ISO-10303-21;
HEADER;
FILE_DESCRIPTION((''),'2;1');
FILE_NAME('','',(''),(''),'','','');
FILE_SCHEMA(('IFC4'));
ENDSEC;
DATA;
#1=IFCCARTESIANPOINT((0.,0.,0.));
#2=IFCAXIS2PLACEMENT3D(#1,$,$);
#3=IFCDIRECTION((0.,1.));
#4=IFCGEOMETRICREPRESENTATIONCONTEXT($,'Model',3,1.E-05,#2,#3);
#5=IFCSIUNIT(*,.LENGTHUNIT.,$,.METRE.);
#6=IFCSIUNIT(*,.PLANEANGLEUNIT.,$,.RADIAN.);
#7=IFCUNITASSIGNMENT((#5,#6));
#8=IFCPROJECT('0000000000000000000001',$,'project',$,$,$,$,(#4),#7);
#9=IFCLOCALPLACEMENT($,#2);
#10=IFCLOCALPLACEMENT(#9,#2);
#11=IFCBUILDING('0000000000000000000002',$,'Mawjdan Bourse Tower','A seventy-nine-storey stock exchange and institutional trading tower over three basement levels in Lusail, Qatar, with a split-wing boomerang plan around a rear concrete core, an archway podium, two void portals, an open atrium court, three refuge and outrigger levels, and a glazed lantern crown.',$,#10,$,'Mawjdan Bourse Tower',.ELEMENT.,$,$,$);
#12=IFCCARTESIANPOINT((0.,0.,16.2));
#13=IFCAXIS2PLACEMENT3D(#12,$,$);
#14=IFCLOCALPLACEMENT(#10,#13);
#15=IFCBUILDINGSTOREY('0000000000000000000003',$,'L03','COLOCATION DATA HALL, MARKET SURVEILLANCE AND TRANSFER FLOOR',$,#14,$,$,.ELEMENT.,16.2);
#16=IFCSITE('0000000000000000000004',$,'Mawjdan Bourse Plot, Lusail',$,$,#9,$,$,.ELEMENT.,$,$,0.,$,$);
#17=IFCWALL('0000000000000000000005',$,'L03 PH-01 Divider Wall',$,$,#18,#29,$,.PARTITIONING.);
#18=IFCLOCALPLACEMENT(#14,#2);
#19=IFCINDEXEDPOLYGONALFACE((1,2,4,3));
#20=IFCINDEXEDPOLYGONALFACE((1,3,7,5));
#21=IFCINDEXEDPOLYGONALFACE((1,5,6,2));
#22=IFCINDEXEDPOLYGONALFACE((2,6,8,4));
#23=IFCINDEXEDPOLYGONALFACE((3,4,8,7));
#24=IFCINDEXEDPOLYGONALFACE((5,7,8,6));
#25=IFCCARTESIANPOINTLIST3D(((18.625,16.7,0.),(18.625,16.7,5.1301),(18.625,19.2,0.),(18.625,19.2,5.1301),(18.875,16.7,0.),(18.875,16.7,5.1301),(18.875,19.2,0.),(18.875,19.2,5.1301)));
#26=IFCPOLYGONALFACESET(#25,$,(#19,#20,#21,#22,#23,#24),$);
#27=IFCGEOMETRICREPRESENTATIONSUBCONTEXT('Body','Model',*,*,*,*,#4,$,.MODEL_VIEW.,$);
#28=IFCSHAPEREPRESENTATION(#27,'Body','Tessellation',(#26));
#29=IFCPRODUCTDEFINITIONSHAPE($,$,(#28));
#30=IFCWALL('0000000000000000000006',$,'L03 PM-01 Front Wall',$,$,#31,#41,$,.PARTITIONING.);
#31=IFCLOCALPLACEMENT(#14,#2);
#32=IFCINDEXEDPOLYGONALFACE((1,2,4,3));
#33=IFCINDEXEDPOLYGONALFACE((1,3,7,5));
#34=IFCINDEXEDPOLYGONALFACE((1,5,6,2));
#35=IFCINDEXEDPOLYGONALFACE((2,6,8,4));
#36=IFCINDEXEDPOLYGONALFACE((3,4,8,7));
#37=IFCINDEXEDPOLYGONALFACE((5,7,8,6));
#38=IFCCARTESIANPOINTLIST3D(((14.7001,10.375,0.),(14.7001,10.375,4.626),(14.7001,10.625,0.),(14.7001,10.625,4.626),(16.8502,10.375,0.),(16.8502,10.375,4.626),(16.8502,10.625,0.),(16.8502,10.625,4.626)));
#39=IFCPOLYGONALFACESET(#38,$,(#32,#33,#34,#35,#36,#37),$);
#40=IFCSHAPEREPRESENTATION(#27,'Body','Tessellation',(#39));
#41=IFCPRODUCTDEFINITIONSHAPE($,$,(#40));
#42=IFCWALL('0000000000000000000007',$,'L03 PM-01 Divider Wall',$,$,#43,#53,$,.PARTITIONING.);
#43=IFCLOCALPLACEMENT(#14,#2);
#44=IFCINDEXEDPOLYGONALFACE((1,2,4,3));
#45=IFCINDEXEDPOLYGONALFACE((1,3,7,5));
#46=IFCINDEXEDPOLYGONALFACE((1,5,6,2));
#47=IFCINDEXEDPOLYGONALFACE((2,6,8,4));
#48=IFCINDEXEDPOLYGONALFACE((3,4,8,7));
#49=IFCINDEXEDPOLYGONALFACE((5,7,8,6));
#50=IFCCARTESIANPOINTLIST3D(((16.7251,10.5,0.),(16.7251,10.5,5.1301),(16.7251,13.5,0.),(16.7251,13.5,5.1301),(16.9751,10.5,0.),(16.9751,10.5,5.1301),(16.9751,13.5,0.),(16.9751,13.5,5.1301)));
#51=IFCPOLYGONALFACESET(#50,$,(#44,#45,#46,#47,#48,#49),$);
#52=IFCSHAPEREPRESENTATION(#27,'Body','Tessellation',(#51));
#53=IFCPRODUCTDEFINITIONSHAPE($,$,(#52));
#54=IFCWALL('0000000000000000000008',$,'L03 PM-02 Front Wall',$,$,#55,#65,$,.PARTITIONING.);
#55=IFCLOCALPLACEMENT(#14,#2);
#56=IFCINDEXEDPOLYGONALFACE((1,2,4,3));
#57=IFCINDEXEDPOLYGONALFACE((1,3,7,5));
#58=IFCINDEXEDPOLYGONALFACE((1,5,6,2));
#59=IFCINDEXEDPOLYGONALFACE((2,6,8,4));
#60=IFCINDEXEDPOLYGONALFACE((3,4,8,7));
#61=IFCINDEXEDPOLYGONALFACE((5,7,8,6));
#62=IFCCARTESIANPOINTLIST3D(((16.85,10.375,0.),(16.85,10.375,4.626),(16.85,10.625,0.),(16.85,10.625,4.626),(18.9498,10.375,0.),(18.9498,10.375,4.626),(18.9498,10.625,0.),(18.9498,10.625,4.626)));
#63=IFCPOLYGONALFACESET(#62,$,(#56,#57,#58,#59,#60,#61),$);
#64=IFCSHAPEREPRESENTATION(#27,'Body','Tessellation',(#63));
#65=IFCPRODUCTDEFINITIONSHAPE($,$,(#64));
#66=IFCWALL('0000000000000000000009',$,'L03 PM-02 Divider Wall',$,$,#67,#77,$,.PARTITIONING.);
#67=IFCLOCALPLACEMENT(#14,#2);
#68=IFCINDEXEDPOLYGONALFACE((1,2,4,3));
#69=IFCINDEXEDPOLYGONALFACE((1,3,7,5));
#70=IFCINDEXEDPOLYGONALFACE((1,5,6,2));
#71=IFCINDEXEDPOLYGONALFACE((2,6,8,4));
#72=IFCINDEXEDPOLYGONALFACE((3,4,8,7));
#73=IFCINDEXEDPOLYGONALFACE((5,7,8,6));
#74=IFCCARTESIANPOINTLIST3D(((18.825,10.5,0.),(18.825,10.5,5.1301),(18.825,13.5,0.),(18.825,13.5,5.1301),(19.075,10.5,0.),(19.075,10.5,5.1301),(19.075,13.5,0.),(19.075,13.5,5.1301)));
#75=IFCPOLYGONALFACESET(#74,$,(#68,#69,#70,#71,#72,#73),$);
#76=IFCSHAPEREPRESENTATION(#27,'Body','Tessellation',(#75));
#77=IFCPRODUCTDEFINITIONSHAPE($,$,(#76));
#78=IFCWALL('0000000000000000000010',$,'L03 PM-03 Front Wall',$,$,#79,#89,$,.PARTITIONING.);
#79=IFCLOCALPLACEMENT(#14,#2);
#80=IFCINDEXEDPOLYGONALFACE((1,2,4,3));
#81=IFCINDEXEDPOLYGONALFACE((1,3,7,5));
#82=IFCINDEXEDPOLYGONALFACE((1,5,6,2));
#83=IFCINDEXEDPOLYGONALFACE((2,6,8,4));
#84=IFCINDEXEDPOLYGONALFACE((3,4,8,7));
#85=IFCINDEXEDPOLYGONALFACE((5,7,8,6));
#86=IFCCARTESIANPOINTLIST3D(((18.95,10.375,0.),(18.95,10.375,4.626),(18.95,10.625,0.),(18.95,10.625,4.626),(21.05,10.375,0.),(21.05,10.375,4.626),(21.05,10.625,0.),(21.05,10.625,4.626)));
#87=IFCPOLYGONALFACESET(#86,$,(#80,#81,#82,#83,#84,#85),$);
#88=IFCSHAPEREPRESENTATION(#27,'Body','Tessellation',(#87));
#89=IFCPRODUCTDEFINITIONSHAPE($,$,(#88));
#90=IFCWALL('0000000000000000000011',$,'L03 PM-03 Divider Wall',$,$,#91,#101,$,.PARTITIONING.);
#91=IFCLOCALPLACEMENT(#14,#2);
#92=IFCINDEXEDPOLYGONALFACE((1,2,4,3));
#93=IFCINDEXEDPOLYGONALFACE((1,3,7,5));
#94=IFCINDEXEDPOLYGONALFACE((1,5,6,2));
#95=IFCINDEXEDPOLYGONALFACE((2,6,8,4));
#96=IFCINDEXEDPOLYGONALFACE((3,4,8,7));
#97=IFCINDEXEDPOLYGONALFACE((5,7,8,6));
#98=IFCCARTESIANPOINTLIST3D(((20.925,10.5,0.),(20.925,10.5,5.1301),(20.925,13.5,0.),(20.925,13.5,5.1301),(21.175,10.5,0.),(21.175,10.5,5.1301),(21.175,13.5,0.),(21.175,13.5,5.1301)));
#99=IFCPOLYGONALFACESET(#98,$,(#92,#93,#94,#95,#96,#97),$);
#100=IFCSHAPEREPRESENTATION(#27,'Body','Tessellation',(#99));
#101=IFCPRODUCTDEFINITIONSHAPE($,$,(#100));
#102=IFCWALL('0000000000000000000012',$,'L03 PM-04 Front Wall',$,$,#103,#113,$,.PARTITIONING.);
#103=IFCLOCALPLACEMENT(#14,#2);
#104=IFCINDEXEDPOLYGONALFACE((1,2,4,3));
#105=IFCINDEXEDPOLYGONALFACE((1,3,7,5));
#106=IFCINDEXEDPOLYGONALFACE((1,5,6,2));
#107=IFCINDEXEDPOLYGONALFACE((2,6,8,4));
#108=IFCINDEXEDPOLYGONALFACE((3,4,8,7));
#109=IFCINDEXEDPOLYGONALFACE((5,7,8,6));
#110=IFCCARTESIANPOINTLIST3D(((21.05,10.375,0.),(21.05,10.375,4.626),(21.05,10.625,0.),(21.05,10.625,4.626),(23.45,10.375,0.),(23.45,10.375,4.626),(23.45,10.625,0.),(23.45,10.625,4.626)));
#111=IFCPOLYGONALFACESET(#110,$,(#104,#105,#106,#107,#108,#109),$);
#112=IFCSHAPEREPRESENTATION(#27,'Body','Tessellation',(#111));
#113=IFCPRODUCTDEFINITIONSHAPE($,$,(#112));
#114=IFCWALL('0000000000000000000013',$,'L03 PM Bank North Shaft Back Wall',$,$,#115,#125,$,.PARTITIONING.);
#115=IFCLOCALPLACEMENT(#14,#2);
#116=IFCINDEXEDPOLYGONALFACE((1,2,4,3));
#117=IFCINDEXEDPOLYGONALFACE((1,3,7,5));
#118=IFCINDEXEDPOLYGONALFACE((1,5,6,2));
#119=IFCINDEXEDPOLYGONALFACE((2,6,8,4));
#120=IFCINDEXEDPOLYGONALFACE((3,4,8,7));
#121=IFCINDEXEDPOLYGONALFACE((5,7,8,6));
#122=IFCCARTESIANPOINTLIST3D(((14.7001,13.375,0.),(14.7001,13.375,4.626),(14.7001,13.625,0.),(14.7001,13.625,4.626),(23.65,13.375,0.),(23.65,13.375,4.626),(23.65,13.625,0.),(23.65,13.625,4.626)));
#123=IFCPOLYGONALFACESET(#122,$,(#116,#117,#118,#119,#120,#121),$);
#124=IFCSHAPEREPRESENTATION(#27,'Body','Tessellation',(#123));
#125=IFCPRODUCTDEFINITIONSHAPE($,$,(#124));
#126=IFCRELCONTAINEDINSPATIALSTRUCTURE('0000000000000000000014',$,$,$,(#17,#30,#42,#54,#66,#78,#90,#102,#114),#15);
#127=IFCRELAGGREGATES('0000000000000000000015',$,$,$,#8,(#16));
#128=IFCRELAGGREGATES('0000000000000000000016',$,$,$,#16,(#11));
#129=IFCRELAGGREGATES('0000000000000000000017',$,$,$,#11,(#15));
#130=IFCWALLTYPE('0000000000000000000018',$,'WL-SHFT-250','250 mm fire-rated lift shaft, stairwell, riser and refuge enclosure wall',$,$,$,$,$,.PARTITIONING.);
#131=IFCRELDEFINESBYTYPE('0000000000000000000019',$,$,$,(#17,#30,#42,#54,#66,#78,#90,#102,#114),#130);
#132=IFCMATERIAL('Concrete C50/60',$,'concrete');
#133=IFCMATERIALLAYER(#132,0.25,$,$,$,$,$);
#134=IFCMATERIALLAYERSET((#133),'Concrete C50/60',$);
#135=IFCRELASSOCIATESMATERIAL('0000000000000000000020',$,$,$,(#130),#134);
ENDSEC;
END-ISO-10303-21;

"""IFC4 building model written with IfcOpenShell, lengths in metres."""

from ifc_helpers import new_model, si_unit, direction, frame, frame_2d, origin, place, context, subcontext, project, spatial, rectangle, extrude, material, layer, layer_set, type_object, element, save


model = new_model("IFC4")

# Units and contexts
model_context = context("Model", 3, precision=1e-05, world=origin(), true_north=direction((0.0, 1.0)))
body_context = subcontext(model_context, "Body", "Model", "MODEL_VIEW")
ifc_project = project(units=[si_unit("LENGTHUNIT", "METRE"), si_unit("PLANEANGLEUNIT", "RADIAN")], contexts=[model_context])

# Site, building, storey
site_placement = place(None, origin())
site = spatial("IfcSite", under=ifc_project, at=site_placement, Name="Mawjdan Bourse Plot, Lusail", CompositionType="ELEMENT", RefElevation=0.0)
building_placement = place(site_placement, origin())
building = spatial("IfcBuilding", under=site, at=building_placement, Name="Mawjdan Bourse Tower", Description="A seventy-nine-storey stock exchange and institutional trading tower over three basement levels in Lusail, Qatar, with a split-wing boomerang plan around a rear concrete core, an archway podium, two void portals, an open atrium court, three refuge and outrigger levels, and a glazed lantern crown.", LongName="Mawjdan Bourse Tower", CompositionType="ELEMENT")
storey_placement = place(building_placement, frame((0.0, 0.0, 16.2)))
storey = spatial("IfcBuildingStorey", under=building, at=storey_placement, Name="L03", Description="COLOCATION DATA HALL, MARKET SURVEILLANCE AND TRANSFER FLOOR", CompositionType="ELEMENT", Elevation=16.2)

# Shared definitions
ifc_material_1 = material(Name="Concrete C50/60", Category="concrete")
ifc_layer_1 = layer(ifc_material_1, 0.25)
ifc_layer_set_1 = layer_set([ifc_layer_1], Name="Concrete C50/60")
wall_type_1 = type_object("IfcWallType", Name="WL-SHFT-250", Description="250 mm fire-rated lift shaft, stairwell, riser and refuge enclosure wall", PredefinedType="PARTITIONING", material=ifc_layer_set_1)

# Walls
wall_1_placement = place(storey_placement, frame((18.75, 16.7, 0.0), z_axis=(0.0, 0.0, 1.0), x_axis=(0.0, 1.0, 0.0)))
element("IfcWall", 1, at=wall_1_placement, inside=storey, type_object=wall_type_1, Name="L03 PH-01 Divider Wall", PredefinedType="PARTITIONING", context=body_context, shape_type="SweptSolid", body=[
    extrude(rectangle(XDim=2.5, YDim=0.25, at=frame_2d((1.25, 0.0))), origin(), (0.0, 0.0, 1.0), 5.1301),
])
wall_2_placement = place(storey_placement, frame((14.7, 10.5, 0.0), z_axis=(0.0, 0.0, 1.0), x_axis=(1.0, 0.0, 0.0)))
element("IfcWall", 2, at=wall_2_placement, inside=storey, type_object=wall_type_1, Name="L03 PM-01 Front Wall", PredefinedType="PARTITIONING", context=body_context, shape_type="SweptSolid", body=[
    extrude(rectangle(XDim=2.1501, YDim=0.25, at=frame_2d((1.0752, 0.0))), origin(), (0.0, 0.0, 1.0), 4.626),
])
wall_3_placement = place(storey_placement, frame((16.8501, 10.5, 0.0), z_axis=(0.0, 0.0, 1.0), x_axis=(0.0, 1.0, 0.0)))
element("IfcWall", 3, at=wall_3_placement, inside=storey, type_object=wall_type_1, Name="L03 PM-01 Divider Wall", PredefinedType="PARTITIONING", context=body_context, shape_type="SweptSolid", body=[
    extrude(rectangle(XDim=3.0, YDim=0.25, at=frame_2d((1.5, 0.0))), origin(), (0.0, 0.0, 1.0), 5.1301),
])
wall_4_placement = place(storey_placement, frame((16.8501, 10.5, 0.0), z_axis=(0.0, 0.0, 1.0), x_axis=(1.0, 0.0, 0.0)))
element("IfcWall", 4, at=wall_4_placement, inside=storey, type_object=wall_type_1, Name="L03 PM-02 Front Wall", PredefinedType="PARTITIONING", context=body_context, shape_type="SweptSolid", body=[
    extrude(rectangle(XDim=2.0999, YDim=0.25, at=frame_2d((1.0498, 0.0))), origin(), (0.0, 0.0, 1.0), 4.626),
])
wall_5_placement = place(storey_placement, frame((18.95, 10.5, 0.0), z_axis=(0.0, 0.0, 1.0), x_axis=(0.0, 1.0, 0.0)))
element("IfcWall", 5, at=wall_5_placement, inside=storey, type_object=wall_type_1, Name="L03 PM-02 Divider Wall", PredefinedType="PARTITIONING", context=body_context, shape_type="SweptSolid", body=[
    extrude(rectangle(XDim=3.0, YDim=0.25, at=frame_2d((1.5, 0.0))), origin(), (0.0, 0.0, 1.0), 5.1301),
])
wall_6_placement = place(storey_placement, frame((18.95, 10.5, 0.0), z_axis=(0.0, 0.0, 1.0), x_axis=(1.0, 0.0, 0.0)))
element("IfcWall", 6, at=wall_6_placement, inside=storey, type_object=wall_type_1, Name="L03 PM-03 Front Wall", PredefinedType="PARTITIONING", context=body_context, shape_type="SweptSolid", body=[
    extrude(rectangle(XDim=2.1001, YDim=0.25, at=frame_2d((1.05, 0.0))), origin(), (0.0, 0.0, 1.0), 4.626),
])
wall_7_placement = place(storey_placement, frame((21.05, 10.5, 0.0), z_axis=(0.0, 0.0, 1.0), x_axis=(0.0, 1.0, 0.0)))
element("IfcWall", 7, at=wall_7_placement, inside=storey, type_object=wall_type_1, Name="L03 PM-03 Divider Wall", PredefinedType="PARTITIONING", context=body_context, shape_type="SweptSolid", body=[
    extrude(rectangle(XDim=3.0, YDim=0.25, at=frame_2d((1.5, 0.0))), origin(), (0.0, 0.0, 1.0), 5.1301),
])
wall_8_placement = place(storey_placement, frame((21.05, 10.5, 0.0), z_axis=(0.0, 0.0, 1.0), x_axis=(1.0, 0.0, 0.0)))
element("IfcWall", 8, at=wall_8_placement, inside=storey, type_object=wall_type_1, Name="L03 PM-04 Front Wall", PredefinedType="PARTITIONING", context=body_context, shape_type="SweptSolid", body=[
    extrude(rectangle(XDim=2.3999, YDim=0.25, at=frame_2d((1.2, 0.0))), origin(), (0.0, 0.0, 1.0), 4.626),
])
wall_9_placement = place(storey_placement, frame((14.7, 13.5, 0.0), z_axis=(0.0, 0.0, 1.0), x_axis=(1.0, 0.0, 0.0)))
element("IfcWall", 9, at=wall_9_placement, inside=storey, type_object=wall_type_1, Name="L03 PM Bank North Shaft Back Wall", PredefinedType="PARTITIONING", context=body_context, shape_type="SweptSolid", body=[
    extrude(rectangle(XDim=8.95, YDim=0.25, at=frame_2d((4.4751, 0.0))), origin(), (0.0, 0.0, 1.0), 4.626),
])

save(model, "model.ifc")
